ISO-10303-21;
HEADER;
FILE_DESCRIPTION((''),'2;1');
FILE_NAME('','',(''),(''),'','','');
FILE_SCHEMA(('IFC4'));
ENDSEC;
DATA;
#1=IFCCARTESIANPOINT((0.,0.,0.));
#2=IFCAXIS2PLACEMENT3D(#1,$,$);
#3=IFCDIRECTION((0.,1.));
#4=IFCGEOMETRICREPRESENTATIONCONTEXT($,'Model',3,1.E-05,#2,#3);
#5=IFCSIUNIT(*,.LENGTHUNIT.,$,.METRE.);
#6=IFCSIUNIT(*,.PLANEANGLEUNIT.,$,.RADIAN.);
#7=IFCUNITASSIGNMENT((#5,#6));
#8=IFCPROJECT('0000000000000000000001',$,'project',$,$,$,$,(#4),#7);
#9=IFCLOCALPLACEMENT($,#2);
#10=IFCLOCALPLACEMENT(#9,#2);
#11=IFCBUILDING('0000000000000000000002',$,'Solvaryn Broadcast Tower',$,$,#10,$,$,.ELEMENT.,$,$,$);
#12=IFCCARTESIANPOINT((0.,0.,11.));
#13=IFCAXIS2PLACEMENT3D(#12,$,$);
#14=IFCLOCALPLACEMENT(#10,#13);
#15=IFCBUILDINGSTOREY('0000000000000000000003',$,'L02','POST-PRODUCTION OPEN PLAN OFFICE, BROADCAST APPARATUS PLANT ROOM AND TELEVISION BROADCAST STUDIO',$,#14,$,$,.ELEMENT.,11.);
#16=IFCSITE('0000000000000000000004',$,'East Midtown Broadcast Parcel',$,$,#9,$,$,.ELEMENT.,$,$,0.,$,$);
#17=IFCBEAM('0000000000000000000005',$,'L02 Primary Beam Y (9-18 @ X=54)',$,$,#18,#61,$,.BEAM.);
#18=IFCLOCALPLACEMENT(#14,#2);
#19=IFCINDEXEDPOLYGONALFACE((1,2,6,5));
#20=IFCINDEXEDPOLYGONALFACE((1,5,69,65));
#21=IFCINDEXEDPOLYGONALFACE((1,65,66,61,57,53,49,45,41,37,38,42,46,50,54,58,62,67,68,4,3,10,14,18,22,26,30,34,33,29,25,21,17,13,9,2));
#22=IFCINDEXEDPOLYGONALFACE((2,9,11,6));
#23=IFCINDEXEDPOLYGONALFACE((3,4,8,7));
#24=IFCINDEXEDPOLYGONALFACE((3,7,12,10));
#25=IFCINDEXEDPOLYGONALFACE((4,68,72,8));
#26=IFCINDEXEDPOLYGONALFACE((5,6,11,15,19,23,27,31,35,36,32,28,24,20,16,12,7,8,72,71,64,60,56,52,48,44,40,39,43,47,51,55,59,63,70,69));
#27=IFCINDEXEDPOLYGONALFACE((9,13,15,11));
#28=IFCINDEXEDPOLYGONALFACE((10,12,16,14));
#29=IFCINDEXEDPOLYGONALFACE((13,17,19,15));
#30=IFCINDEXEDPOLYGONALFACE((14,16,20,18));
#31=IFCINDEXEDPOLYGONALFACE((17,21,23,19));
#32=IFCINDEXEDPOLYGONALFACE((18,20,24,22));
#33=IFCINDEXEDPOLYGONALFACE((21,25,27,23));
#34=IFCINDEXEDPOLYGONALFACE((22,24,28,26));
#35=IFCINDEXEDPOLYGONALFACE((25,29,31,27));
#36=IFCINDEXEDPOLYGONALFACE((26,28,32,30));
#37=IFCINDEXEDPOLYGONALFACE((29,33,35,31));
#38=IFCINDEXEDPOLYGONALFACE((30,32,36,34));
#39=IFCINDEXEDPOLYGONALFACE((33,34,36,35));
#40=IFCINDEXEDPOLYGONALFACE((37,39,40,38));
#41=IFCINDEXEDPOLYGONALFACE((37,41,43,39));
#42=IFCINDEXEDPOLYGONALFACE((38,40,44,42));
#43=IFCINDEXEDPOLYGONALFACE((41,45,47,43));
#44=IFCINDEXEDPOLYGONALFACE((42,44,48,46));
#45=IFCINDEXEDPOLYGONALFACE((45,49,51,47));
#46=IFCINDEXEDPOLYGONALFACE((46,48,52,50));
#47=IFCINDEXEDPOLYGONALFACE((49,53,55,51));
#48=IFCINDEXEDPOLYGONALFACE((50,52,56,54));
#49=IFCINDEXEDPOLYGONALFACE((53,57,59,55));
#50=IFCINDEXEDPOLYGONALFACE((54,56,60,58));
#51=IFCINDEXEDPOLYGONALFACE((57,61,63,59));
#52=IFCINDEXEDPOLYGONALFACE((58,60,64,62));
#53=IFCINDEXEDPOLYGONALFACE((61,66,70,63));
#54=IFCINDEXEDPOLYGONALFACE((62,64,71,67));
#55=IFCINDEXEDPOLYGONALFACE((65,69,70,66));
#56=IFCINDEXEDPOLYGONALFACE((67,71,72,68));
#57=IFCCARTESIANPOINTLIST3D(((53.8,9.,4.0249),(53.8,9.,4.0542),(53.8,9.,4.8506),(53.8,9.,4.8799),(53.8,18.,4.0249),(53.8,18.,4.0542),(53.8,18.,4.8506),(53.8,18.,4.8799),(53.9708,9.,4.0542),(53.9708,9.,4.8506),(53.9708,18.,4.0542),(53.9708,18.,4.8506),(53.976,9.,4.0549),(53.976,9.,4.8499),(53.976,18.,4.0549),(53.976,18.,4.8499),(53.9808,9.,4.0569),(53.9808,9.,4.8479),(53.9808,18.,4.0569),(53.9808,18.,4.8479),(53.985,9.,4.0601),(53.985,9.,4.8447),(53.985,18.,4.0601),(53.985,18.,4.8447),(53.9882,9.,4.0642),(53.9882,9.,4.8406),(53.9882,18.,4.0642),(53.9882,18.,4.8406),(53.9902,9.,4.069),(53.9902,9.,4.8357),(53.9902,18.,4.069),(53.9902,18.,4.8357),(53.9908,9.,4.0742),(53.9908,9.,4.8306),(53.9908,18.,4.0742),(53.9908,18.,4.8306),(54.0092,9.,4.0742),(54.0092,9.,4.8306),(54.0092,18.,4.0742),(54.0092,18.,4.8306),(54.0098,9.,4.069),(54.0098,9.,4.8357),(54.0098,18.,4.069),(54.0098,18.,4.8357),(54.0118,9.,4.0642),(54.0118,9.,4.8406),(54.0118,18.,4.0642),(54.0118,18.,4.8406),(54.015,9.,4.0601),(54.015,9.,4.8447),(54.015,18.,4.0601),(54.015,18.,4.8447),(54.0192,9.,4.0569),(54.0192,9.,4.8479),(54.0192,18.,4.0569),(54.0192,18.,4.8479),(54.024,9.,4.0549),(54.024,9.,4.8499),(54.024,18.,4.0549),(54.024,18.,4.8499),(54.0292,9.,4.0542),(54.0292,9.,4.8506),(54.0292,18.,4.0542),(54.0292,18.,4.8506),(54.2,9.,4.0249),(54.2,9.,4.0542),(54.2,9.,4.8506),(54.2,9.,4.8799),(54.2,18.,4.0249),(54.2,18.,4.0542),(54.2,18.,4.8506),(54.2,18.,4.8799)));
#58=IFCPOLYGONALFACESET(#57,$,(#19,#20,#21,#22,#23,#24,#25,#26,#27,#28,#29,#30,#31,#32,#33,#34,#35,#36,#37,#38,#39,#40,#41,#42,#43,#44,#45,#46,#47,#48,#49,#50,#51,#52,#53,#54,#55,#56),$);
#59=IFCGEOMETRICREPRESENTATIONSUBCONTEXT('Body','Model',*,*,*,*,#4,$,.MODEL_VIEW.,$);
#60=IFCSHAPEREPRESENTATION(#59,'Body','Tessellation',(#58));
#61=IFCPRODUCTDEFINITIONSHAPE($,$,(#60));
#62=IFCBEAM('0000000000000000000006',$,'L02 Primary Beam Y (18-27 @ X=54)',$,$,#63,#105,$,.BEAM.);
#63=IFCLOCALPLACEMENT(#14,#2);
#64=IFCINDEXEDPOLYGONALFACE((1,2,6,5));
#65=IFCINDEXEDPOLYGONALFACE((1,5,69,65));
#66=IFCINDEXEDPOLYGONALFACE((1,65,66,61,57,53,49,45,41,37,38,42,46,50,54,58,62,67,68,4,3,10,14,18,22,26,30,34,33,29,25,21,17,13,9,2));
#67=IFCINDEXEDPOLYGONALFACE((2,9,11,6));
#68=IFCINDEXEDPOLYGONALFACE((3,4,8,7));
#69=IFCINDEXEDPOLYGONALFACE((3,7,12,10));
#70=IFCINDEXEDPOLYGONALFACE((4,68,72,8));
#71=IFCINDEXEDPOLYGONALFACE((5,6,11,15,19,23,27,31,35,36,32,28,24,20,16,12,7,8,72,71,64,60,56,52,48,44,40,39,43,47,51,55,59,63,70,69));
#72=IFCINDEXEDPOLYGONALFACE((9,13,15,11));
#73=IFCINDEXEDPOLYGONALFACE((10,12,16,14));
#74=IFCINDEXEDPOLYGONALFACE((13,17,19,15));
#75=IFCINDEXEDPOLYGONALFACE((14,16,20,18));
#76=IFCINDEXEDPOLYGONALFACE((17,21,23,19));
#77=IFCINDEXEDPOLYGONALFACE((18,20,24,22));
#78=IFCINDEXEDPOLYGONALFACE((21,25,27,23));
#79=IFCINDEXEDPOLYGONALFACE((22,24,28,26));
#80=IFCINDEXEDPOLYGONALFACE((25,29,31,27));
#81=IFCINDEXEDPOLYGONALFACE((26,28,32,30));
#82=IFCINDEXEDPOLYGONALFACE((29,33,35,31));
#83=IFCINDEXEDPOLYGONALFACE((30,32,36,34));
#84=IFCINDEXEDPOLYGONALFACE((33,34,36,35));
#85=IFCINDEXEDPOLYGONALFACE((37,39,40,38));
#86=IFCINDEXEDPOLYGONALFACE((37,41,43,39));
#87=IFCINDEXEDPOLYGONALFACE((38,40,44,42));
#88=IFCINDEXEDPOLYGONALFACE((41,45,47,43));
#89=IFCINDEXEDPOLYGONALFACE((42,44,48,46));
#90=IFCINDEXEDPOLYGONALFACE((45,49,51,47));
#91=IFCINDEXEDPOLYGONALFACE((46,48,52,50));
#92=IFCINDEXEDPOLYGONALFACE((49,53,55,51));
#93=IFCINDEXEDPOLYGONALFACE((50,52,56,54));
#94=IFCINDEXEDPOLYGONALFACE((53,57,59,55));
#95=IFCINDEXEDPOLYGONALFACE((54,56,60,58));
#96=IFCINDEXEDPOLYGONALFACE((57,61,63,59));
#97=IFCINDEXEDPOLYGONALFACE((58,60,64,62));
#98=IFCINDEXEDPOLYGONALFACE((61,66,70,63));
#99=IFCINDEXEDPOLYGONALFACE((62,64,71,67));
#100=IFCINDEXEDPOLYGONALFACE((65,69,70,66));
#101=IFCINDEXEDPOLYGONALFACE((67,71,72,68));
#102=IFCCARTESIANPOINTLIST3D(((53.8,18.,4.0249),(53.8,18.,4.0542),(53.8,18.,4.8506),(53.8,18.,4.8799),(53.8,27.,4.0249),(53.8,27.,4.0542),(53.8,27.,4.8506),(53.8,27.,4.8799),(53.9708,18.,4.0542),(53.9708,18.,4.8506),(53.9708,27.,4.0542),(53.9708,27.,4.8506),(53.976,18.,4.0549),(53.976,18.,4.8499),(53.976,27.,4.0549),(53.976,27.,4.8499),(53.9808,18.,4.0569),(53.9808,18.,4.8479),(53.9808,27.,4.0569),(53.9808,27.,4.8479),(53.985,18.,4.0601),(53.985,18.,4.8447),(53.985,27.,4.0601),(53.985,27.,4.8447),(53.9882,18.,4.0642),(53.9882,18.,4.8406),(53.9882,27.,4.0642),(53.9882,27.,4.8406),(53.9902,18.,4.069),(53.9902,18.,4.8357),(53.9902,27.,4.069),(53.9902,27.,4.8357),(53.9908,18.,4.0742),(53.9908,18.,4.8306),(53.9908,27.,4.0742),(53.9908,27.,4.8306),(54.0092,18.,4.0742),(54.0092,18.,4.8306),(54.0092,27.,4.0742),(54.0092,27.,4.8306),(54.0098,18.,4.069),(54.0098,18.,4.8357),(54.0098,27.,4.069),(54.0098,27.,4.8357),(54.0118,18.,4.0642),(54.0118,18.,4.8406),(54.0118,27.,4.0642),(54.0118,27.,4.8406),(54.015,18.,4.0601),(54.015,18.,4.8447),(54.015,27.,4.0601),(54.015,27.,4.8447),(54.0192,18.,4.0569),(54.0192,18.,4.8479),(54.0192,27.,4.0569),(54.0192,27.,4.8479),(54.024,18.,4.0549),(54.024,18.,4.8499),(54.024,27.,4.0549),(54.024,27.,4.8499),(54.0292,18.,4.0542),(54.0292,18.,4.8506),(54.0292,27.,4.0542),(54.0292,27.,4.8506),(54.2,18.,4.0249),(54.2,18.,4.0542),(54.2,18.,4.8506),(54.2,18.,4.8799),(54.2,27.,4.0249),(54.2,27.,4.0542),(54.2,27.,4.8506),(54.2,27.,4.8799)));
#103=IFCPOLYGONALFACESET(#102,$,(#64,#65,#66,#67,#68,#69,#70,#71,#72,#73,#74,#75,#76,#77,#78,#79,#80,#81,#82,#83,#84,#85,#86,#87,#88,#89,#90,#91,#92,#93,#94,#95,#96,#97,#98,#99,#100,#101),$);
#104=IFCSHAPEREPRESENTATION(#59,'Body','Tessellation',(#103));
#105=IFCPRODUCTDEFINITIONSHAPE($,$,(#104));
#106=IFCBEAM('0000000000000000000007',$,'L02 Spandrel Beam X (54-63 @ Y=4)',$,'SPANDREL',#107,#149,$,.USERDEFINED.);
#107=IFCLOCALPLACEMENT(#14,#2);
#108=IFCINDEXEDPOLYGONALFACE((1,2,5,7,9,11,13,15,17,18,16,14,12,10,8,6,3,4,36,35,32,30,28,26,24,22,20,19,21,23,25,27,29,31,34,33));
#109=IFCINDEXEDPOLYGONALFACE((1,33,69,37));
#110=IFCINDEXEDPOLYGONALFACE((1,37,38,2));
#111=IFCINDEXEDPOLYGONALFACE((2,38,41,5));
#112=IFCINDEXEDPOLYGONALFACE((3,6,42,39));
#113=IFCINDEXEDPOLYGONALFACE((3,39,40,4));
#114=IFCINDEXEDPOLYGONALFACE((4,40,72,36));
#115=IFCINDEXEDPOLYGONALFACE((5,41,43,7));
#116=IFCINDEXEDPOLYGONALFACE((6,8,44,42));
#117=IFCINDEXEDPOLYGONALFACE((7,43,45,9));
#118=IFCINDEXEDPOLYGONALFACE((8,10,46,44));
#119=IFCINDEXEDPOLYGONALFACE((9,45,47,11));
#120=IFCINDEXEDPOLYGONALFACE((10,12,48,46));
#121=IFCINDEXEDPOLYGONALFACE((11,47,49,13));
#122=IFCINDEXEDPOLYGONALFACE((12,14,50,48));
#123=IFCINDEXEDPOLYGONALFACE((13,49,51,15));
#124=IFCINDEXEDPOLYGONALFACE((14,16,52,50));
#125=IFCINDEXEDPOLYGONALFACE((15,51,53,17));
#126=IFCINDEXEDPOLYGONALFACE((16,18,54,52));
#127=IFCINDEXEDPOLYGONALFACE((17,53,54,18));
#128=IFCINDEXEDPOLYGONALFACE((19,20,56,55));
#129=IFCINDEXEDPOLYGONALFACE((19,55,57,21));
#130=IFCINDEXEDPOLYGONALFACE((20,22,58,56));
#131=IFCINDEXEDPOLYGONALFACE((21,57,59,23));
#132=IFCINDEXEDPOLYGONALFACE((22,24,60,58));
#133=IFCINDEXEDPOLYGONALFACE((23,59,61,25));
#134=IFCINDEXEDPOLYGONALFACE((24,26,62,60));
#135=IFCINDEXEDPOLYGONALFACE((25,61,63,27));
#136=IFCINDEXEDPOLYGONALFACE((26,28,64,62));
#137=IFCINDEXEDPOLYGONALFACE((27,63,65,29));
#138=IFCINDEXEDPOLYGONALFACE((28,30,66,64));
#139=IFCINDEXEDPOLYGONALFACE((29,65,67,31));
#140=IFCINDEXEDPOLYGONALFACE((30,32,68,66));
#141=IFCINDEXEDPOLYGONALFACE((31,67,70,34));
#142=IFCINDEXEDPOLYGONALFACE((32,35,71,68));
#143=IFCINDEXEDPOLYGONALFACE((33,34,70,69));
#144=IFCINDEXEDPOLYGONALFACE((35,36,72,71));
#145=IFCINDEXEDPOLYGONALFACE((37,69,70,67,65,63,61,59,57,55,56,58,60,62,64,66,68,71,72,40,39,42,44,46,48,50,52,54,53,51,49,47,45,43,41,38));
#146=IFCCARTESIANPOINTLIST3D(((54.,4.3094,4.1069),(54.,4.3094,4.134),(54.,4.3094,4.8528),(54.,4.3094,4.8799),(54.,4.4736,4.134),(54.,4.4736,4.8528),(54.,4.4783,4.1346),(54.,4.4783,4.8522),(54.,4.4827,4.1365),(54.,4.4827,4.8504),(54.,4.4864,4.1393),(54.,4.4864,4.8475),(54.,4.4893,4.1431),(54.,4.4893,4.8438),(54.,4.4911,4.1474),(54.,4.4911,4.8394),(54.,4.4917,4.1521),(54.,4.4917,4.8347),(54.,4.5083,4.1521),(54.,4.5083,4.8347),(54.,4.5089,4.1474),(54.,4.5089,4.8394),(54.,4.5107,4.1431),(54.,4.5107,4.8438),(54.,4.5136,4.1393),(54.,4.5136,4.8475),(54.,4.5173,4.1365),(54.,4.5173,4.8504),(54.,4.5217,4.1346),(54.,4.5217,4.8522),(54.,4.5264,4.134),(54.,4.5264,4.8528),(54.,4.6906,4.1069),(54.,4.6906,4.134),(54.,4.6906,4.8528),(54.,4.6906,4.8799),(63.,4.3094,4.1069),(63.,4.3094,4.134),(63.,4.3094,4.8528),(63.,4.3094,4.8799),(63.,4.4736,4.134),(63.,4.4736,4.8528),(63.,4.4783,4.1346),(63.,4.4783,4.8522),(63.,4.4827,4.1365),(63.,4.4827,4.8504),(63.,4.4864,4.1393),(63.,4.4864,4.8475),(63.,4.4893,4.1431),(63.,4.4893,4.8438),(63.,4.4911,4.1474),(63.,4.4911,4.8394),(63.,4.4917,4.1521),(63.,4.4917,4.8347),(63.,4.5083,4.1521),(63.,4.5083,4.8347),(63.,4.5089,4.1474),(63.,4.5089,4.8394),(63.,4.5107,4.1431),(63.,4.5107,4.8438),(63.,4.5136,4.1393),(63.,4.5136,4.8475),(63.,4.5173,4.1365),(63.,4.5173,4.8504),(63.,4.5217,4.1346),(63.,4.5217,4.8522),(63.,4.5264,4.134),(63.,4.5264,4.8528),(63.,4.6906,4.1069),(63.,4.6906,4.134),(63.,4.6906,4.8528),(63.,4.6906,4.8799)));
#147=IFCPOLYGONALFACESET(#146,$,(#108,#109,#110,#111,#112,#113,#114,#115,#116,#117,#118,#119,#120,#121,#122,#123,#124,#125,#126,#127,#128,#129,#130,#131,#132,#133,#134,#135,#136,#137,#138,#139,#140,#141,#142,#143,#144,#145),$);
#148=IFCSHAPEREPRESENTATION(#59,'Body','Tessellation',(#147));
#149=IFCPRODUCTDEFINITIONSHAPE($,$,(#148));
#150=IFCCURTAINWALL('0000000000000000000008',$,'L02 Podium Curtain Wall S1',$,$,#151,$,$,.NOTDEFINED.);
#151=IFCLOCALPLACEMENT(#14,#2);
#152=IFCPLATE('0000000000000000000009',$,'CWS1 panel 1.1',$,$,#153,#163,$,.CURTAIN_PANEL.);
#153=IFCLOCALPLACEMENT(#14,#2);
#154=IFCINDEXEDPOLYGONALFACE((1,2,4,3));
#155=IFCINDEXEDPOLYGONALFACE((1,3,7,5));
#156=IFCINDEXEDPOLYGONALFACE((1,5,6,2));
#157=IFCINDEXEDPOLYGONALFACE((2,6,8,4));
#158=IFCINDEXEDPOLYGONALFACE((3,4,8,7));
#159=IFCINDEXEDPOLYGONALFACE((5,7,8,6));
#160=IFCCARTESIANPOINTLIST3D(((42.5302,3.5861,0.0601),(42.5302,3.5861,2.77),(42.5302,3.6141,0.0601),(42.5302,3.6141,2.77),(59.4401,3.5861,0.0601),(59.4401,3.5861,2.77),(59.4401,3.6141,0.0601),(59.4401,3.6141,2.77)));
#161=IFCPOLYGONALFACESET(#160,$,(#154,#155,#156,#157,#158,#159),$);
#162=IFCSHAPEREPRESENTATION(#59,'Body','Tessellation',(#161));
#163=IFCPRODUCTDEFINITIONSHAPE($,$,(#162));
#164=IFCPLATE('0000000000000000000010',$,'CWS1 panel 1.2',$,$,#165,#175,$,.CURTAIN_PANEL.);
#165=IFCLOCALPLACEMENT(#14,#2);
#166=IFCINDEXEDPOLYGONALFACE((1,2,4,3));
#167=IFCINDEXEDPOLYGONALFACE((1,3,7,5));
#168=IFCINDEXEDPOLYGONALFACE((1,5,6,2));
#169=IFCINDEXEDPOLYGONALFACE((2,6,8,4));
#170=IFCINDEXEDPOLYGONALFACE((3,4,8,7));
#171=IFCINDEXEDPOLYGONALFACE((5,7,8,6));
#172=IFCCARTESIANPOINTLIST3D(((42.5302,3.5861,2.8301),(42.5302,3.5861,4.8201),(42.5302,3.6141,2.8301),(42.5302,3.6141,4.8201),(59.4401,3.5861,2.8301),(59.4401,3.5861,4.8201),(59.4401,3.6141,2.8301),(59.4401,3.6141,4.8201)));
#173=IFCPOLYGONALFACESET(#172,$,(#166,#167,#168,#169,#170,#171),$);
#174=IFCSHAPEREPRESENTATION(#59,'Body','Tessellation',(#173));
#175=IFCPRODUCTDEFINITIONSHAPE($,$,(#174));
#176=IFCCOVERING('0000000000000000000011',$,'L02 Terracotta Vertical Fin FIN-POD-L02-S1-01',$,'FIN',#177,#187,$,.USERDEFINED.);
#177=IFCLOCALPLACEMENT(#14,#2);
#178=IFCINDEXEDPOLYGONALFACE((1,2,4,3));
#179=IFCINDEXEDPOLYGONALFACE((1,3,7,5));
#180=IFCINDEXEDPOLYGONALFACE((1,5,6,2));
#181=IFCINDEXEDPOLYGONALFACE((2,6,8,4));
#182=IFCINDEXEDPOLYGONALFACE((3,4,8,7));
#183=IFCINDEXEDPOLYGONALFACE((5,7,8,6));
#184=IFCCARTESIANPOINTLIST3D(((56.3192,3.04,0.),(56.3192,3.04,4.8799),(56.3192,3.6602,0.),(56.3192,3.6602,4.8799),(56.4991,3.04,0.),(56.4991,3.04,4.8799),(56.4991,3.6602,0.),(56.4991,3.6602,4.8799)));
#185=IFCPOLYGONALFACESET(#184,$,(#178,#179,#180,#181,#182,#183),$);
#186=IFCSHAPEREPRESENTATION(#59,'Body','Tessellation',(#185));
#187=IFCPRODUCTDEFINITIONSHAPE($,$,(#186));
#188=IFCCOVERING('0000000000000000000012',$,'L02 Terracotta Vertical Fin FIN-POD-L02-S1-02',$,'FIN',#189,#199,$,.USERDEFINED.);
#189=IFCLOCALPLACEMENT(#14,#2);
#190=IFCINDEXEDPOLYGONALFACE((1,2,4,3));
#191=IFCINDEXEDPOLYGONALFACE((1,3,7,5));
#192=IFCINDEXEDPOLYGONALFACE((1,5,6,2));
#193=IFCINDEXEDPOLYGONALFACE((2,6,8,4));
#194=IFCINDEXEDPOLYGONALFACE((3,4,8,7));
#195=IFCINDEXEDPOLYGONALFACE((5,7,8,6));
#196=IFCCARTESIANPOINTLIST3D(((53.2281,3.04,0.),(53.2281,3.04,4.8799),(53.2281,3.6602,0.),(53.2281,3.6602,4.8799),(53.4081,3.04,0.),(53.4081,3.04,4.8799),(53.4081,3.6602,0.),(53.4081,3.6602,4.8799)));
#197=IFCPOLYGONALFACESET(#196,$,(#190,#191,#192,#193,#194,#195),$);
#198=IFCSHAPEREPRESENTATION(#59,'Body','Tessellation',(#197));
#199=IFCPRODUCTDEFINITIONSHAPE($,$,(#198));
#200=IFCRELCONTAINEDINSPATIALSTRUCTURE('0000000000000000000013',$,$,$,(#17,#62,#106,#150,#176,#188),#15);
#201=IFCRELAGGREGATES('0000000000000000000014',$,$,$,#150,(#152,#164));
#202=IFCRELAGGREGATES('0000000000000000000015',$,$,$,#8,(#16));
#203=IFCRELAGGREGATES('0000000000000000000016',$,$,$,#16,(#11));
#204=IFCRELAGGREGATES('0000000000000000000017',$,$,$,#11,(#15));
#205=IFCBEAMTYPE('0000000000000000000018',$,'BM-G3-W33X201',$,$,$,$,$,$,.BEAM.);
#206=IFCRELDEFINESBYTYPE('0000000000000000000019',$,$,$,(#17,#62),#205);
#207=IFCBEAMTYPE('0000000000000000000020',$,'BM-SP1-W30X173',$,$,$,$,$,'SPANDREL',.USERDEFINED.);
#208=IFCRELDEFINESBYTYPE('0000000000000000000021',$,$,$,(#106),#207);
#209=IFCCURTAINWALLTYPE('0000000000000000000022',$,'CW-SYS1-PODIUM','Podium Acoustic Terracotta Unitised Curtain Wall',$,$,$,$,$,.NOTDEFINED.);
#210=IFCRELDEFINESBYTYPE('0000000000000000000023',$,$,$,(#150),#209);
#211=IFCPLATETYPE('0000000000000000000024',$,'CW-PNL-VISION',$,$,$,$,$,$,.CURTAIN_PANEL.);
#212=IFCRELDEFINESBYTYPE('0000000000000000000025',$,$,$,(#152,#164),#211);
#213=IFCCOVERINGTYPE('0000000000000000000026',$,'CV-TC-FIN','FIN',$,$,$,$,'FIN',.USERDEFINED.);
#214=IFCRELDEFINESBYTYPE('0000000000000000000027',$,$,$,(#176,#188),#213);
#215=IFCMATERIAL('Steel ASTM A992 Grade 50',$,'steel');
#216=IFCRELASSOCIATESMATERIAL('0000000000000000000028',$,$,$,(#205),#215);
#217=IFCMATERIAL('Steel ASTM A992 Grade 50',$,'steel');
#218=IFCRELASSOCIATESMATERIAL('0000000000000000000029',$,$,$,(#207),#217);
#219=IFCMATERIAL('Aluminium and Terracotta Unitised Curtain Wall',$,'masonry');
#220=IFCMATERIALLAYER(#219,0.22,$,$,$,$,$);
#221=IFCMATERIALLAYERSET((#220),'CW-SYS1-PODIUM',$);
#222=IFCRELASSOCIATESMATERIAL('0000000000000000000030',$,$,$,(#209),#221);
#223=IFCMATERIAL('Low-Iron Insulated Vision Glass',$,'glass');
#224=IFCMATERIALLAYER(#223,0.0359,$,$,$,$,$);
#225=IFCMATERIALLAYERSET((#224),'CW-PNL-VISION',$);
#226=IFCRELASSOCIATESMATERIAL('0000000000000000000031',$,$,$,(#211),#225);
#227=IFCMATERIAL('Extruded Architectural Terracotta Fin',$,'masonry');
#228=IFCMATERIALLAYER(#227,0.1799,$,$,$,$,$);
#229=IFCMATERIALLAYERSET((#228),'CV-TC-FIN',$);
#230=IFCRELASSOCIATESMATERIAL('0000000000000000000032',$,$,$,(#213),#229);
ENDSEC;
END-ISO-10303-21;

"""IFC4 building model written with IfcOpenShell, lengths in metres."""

from ifc_helpers import new_model, si_unit, direction, frame, origin, origin_2d, place, context, subcontext, project, spatial, rectangle, i_section, extrude, material, layer, layer_set, material_profile, profile_set, type_object, element, aggregate, save


model = new_model("IFC4")

# Units and contexts
model_context = context("Model", 3, precision=1e-05, world=origin(), true_north=direction((0.0, 1.0)))
body_context = subcontext(model_context, "Body", "Model", "MODEL_VIEW")
ifc_project = project(units=[si_unit("LENGTHUNIT", "METRE"), si_unit("PLANEANGLEUNIT", "RADIAN")], contexts=[model_context])

# Site, building, storey
site_placement = place(None, origin())
site = spatial("IfcSite", under=ifc_project, at=site_placement, Name="East Midtown Broadcast Parcel", CompositionType="ELEMENT", RefElevation=0.0)
building_placement = place(site_placement, origin())
building = spatial("IfcBuilding", under=site, at=building_placement, Name="Solvaryn Broadcast Tower", CompositionType="ELEMENT")
storey_placement = place(building_placement, frame((0.0, 0.0, 11.0)))
storey = spatial("IfcBuildingStorey", under=building, at=storey_placement, Name="L02", Description="POST-PRODUCTION OPEN PLAN OFFICE, BROADCAST APPARATUS PLANT ROOM AND TELEVISION BROADCAST STUDIO", CompositionType="ELEMENT", Elevation=11.0)

# Beams
ifc_material_1 = material(Name="Steel ASTM A992 Grade 50", Category="steel")
ifc_material_profile_1 = material_profile(ifc_material_1, i_section(OverallWidth=0.3999, OverallDepth=0.855, WebThickness=0.0183, FlangeThickness=0.0293, FilletRadius=0.02, at=origin_2d()))
ifc_profile_set_1 = profile_set([ifc_material_profile_1], Name="Steel ASTM A992 Grade 50")
beam_type_1 = type_object("IfcBeamType", Name="BM-G3-W33X201", PredefinedType="BEAM", material=ifc_profile_set_1)
for number, where, z_axis, x_axis, name in (
    (1, (54.0, 9.0, 4.4524), (0.0, 1.0, 0.0), (-1.0, 0.0, 0.0), "L02 Primary Beam Y (9-18 @ X=54)"),
    (2, (54.0, 18.0, 4.4524), (0.0, 1.0, 0.0), (-1.0, 0.0, 0.0), "L02 Primary Beam Y (18-27 @ X=54)"),
):
    element("IfcBeam", number, at=place(storey_placement, frame(where, z_axis=z_axis, x_axis=x_axis)), inside=storey, type_object=beam_type_1, Name=name, PredefinedType="BEAM", context=body_context, shape_type="SweptSolid", body=[
        extrude(i_section(OverallWidth=0.3999, OverallDepth=0.855, WebThickness=0.0183, FlangeThickness=0.0293, FilletRadius=0.02, at=origin_2d()), origin(), (0.0, 0.0, 1.0), 9.0),
    ])
ifc_material_2 = material(Name="Steel ASTM A992 Grade 50", Category="steel")
ifc_material_profile_2 = material_profile(ifc_material_2, i_section(OverallWidth=0.3811, OverallDepth=0.7729, WebThickness=0.0166, FlangeThickness=0.0271, FilletRadius=0.0181, at=origin_2d()))
ifc_profile_set_2 = profile_set([ifc_material_profile_2], Name="Steel ASTM A992 Grade 50")
beam_type_2 = type_object("IfcBeamType", Name="BM-SP1-W30X173", ElementType="SPANDREL", PredefinedType="USERDEFINED", material=ifc_profile_set_2)
beam_1_placement = place(storey_placement, frame((54.0, 4.5, 4.4934), z_axis=(1.0, 0.0, 0.0), x_axis=(0.0, 1.0, 0.0)))
element("IfcBeam", 3, at=beam_1_placement, inside=storey, type_object=beam_type_2, Name="L02 Spandrel Beam X (54-63 @ Y=4)", ObjectType="SPANDREL", PredefinedType="USERDEFINED", context=body_context, shape_type="SweptSolid", body=[
    extrude(i_section(OverallWidth=0.3811, OverallDepth=0.7729, WebThickness=0.0166, FlangeThickness=0.0271, FilletRadius=0.0181, at=origin_2d()), origin(), (0.0, 0.0, 1.0), 9.0),
])

# Curtain wall, plates
ifc_material_3 = material(Name="Aluminium and Terracotta Unitised Curtain Wall", Category="masonry")
ifc_layer_1 = layer(ifc_material_3, 0.22)
ifc_layer_set_1 = layer_set([ifc_layer_1], Name="CW-SYS1-PODIUM")
curtain_wall_type = type_object("IfcCurtainWallType", Name="CW-SYS1-PODIUM", Description="Podium Acoustic Terracotta Unitised Curtain Wall", PredefinedType="NOTDEFINED", material=ifc_layer_set_1)
curtain_wall_placement = place(storey_placement, origin())
curtain_wall = element("IfcCurtainWall", 4, at=curtain_wall_placement, inside=storey, type_object=curtain_wall_type, Name="L02 Podium Curtain Wall S1", PredefinedType="NOTDEFINED")
ifc_material_4 = material(Name="Low-Iron Insulated Vision Glass", Category="glass")
ifc_layer_2 = layer(ifc_material_4, 0.0359)
ifc_layer_set_2 = layer_set([ifc_layer_2], Name="CW-PNL-VISION")
plate_type = type_object("IfcPlateType", Name="CW-PNL-VISION", PredefinedType="CURTAIN_PANEL", material=ifc_layer_set_2)
plate_1_placement = place(storey_placement, frame((50.9851, 3.6001, 0.0601), z_axis=(0.0, 0.0, 1.0), x_axis=(-1.0, 0.0, 0.0)))
plate_1 = element("IfcPlate", 5, at=plate_1_placement, type_object=plate_type, Name="CWS1 panel 1.1", PredefinedType="CURTAIN_PANEL", context=body_context, shape_type="SweptSolid", body=[
    extrude(rectangle(XDim=16.9099, YDim=0.0281, at=origin_2d()), origin(), (0.0, 0.0, 1.0), 2.71),
])
plate_2_placement = place(storey_placement, frame((50.9851, 3.6001, 2.8301), z_axis=(0.0, 0.0, 1.0), x_axis=(-1.0, 0.0, 0.0)))
plate_2 = element("IfcPlate", 6, at=plate_2_placement, type_object=plate_type, Name="CWS1 panel 1.2", PredefinedType="CURTAIN_PANEL", context=body_context, shape_type="SweptSolid", body=[
    extrude(rectangle(XDim=16.9099, YDim=0.0281, at=origin_2d()), origin(), (0.0, 0.0, 1.0), 1.99),
])
aggregate(curtain_wall, [plate_1, plate_2])

# Coverings
ifc_material_5 = material(Name="Extruded Architectural Terracotta Fin", Category="masonry")
ifc_layer_3 = layer(ifc_material_5, 0.1799)
ifc_layer_set_3 = layer_set([ifc_layer_3], Name="CV-TC-FIN")
covering_type = type_object("IfcCoveringType", Name="CV-TC-FIN", Description="FIN", ElementType="FIN", PredefinedType="USERDEFINED", material=ifc_layer_set_3)
for number, where, z_axis, x_axis, name in (
    (7, (56.4092, 3.3501, 0.0), (0.0, 0.0, 1.0), (1.0, 0.0, 0.0), "L02 Terracotta Vertical Fin FIN-POD-L02-S1-01"),
    (8, (53.3181, 3.3501, 0.0), (0.0, 0.0, 1.0), (1.0, 0.0, 0.0), "L02 Terracotta Vertical Fin FIN-POD-L02-S1-02"),
):
    element("IfcCovering", number, at=place(storey_placement, frame(where, z_axis=z_axis, x_axis=x_axis)), inside=storey, type_object=covering_type, Name=name, ObjectType="FIN", PredefinedType="USERDEFINED", context=body_context, shape_type="SweptSolid", body=[
        extrude(rectangle(XDim=0.1799, YDim=0.6201, at=origin_2d()), origin(), (0.0, 0.0, 1.0), 4.8799),
    ])

save(model, "model.ifc")
